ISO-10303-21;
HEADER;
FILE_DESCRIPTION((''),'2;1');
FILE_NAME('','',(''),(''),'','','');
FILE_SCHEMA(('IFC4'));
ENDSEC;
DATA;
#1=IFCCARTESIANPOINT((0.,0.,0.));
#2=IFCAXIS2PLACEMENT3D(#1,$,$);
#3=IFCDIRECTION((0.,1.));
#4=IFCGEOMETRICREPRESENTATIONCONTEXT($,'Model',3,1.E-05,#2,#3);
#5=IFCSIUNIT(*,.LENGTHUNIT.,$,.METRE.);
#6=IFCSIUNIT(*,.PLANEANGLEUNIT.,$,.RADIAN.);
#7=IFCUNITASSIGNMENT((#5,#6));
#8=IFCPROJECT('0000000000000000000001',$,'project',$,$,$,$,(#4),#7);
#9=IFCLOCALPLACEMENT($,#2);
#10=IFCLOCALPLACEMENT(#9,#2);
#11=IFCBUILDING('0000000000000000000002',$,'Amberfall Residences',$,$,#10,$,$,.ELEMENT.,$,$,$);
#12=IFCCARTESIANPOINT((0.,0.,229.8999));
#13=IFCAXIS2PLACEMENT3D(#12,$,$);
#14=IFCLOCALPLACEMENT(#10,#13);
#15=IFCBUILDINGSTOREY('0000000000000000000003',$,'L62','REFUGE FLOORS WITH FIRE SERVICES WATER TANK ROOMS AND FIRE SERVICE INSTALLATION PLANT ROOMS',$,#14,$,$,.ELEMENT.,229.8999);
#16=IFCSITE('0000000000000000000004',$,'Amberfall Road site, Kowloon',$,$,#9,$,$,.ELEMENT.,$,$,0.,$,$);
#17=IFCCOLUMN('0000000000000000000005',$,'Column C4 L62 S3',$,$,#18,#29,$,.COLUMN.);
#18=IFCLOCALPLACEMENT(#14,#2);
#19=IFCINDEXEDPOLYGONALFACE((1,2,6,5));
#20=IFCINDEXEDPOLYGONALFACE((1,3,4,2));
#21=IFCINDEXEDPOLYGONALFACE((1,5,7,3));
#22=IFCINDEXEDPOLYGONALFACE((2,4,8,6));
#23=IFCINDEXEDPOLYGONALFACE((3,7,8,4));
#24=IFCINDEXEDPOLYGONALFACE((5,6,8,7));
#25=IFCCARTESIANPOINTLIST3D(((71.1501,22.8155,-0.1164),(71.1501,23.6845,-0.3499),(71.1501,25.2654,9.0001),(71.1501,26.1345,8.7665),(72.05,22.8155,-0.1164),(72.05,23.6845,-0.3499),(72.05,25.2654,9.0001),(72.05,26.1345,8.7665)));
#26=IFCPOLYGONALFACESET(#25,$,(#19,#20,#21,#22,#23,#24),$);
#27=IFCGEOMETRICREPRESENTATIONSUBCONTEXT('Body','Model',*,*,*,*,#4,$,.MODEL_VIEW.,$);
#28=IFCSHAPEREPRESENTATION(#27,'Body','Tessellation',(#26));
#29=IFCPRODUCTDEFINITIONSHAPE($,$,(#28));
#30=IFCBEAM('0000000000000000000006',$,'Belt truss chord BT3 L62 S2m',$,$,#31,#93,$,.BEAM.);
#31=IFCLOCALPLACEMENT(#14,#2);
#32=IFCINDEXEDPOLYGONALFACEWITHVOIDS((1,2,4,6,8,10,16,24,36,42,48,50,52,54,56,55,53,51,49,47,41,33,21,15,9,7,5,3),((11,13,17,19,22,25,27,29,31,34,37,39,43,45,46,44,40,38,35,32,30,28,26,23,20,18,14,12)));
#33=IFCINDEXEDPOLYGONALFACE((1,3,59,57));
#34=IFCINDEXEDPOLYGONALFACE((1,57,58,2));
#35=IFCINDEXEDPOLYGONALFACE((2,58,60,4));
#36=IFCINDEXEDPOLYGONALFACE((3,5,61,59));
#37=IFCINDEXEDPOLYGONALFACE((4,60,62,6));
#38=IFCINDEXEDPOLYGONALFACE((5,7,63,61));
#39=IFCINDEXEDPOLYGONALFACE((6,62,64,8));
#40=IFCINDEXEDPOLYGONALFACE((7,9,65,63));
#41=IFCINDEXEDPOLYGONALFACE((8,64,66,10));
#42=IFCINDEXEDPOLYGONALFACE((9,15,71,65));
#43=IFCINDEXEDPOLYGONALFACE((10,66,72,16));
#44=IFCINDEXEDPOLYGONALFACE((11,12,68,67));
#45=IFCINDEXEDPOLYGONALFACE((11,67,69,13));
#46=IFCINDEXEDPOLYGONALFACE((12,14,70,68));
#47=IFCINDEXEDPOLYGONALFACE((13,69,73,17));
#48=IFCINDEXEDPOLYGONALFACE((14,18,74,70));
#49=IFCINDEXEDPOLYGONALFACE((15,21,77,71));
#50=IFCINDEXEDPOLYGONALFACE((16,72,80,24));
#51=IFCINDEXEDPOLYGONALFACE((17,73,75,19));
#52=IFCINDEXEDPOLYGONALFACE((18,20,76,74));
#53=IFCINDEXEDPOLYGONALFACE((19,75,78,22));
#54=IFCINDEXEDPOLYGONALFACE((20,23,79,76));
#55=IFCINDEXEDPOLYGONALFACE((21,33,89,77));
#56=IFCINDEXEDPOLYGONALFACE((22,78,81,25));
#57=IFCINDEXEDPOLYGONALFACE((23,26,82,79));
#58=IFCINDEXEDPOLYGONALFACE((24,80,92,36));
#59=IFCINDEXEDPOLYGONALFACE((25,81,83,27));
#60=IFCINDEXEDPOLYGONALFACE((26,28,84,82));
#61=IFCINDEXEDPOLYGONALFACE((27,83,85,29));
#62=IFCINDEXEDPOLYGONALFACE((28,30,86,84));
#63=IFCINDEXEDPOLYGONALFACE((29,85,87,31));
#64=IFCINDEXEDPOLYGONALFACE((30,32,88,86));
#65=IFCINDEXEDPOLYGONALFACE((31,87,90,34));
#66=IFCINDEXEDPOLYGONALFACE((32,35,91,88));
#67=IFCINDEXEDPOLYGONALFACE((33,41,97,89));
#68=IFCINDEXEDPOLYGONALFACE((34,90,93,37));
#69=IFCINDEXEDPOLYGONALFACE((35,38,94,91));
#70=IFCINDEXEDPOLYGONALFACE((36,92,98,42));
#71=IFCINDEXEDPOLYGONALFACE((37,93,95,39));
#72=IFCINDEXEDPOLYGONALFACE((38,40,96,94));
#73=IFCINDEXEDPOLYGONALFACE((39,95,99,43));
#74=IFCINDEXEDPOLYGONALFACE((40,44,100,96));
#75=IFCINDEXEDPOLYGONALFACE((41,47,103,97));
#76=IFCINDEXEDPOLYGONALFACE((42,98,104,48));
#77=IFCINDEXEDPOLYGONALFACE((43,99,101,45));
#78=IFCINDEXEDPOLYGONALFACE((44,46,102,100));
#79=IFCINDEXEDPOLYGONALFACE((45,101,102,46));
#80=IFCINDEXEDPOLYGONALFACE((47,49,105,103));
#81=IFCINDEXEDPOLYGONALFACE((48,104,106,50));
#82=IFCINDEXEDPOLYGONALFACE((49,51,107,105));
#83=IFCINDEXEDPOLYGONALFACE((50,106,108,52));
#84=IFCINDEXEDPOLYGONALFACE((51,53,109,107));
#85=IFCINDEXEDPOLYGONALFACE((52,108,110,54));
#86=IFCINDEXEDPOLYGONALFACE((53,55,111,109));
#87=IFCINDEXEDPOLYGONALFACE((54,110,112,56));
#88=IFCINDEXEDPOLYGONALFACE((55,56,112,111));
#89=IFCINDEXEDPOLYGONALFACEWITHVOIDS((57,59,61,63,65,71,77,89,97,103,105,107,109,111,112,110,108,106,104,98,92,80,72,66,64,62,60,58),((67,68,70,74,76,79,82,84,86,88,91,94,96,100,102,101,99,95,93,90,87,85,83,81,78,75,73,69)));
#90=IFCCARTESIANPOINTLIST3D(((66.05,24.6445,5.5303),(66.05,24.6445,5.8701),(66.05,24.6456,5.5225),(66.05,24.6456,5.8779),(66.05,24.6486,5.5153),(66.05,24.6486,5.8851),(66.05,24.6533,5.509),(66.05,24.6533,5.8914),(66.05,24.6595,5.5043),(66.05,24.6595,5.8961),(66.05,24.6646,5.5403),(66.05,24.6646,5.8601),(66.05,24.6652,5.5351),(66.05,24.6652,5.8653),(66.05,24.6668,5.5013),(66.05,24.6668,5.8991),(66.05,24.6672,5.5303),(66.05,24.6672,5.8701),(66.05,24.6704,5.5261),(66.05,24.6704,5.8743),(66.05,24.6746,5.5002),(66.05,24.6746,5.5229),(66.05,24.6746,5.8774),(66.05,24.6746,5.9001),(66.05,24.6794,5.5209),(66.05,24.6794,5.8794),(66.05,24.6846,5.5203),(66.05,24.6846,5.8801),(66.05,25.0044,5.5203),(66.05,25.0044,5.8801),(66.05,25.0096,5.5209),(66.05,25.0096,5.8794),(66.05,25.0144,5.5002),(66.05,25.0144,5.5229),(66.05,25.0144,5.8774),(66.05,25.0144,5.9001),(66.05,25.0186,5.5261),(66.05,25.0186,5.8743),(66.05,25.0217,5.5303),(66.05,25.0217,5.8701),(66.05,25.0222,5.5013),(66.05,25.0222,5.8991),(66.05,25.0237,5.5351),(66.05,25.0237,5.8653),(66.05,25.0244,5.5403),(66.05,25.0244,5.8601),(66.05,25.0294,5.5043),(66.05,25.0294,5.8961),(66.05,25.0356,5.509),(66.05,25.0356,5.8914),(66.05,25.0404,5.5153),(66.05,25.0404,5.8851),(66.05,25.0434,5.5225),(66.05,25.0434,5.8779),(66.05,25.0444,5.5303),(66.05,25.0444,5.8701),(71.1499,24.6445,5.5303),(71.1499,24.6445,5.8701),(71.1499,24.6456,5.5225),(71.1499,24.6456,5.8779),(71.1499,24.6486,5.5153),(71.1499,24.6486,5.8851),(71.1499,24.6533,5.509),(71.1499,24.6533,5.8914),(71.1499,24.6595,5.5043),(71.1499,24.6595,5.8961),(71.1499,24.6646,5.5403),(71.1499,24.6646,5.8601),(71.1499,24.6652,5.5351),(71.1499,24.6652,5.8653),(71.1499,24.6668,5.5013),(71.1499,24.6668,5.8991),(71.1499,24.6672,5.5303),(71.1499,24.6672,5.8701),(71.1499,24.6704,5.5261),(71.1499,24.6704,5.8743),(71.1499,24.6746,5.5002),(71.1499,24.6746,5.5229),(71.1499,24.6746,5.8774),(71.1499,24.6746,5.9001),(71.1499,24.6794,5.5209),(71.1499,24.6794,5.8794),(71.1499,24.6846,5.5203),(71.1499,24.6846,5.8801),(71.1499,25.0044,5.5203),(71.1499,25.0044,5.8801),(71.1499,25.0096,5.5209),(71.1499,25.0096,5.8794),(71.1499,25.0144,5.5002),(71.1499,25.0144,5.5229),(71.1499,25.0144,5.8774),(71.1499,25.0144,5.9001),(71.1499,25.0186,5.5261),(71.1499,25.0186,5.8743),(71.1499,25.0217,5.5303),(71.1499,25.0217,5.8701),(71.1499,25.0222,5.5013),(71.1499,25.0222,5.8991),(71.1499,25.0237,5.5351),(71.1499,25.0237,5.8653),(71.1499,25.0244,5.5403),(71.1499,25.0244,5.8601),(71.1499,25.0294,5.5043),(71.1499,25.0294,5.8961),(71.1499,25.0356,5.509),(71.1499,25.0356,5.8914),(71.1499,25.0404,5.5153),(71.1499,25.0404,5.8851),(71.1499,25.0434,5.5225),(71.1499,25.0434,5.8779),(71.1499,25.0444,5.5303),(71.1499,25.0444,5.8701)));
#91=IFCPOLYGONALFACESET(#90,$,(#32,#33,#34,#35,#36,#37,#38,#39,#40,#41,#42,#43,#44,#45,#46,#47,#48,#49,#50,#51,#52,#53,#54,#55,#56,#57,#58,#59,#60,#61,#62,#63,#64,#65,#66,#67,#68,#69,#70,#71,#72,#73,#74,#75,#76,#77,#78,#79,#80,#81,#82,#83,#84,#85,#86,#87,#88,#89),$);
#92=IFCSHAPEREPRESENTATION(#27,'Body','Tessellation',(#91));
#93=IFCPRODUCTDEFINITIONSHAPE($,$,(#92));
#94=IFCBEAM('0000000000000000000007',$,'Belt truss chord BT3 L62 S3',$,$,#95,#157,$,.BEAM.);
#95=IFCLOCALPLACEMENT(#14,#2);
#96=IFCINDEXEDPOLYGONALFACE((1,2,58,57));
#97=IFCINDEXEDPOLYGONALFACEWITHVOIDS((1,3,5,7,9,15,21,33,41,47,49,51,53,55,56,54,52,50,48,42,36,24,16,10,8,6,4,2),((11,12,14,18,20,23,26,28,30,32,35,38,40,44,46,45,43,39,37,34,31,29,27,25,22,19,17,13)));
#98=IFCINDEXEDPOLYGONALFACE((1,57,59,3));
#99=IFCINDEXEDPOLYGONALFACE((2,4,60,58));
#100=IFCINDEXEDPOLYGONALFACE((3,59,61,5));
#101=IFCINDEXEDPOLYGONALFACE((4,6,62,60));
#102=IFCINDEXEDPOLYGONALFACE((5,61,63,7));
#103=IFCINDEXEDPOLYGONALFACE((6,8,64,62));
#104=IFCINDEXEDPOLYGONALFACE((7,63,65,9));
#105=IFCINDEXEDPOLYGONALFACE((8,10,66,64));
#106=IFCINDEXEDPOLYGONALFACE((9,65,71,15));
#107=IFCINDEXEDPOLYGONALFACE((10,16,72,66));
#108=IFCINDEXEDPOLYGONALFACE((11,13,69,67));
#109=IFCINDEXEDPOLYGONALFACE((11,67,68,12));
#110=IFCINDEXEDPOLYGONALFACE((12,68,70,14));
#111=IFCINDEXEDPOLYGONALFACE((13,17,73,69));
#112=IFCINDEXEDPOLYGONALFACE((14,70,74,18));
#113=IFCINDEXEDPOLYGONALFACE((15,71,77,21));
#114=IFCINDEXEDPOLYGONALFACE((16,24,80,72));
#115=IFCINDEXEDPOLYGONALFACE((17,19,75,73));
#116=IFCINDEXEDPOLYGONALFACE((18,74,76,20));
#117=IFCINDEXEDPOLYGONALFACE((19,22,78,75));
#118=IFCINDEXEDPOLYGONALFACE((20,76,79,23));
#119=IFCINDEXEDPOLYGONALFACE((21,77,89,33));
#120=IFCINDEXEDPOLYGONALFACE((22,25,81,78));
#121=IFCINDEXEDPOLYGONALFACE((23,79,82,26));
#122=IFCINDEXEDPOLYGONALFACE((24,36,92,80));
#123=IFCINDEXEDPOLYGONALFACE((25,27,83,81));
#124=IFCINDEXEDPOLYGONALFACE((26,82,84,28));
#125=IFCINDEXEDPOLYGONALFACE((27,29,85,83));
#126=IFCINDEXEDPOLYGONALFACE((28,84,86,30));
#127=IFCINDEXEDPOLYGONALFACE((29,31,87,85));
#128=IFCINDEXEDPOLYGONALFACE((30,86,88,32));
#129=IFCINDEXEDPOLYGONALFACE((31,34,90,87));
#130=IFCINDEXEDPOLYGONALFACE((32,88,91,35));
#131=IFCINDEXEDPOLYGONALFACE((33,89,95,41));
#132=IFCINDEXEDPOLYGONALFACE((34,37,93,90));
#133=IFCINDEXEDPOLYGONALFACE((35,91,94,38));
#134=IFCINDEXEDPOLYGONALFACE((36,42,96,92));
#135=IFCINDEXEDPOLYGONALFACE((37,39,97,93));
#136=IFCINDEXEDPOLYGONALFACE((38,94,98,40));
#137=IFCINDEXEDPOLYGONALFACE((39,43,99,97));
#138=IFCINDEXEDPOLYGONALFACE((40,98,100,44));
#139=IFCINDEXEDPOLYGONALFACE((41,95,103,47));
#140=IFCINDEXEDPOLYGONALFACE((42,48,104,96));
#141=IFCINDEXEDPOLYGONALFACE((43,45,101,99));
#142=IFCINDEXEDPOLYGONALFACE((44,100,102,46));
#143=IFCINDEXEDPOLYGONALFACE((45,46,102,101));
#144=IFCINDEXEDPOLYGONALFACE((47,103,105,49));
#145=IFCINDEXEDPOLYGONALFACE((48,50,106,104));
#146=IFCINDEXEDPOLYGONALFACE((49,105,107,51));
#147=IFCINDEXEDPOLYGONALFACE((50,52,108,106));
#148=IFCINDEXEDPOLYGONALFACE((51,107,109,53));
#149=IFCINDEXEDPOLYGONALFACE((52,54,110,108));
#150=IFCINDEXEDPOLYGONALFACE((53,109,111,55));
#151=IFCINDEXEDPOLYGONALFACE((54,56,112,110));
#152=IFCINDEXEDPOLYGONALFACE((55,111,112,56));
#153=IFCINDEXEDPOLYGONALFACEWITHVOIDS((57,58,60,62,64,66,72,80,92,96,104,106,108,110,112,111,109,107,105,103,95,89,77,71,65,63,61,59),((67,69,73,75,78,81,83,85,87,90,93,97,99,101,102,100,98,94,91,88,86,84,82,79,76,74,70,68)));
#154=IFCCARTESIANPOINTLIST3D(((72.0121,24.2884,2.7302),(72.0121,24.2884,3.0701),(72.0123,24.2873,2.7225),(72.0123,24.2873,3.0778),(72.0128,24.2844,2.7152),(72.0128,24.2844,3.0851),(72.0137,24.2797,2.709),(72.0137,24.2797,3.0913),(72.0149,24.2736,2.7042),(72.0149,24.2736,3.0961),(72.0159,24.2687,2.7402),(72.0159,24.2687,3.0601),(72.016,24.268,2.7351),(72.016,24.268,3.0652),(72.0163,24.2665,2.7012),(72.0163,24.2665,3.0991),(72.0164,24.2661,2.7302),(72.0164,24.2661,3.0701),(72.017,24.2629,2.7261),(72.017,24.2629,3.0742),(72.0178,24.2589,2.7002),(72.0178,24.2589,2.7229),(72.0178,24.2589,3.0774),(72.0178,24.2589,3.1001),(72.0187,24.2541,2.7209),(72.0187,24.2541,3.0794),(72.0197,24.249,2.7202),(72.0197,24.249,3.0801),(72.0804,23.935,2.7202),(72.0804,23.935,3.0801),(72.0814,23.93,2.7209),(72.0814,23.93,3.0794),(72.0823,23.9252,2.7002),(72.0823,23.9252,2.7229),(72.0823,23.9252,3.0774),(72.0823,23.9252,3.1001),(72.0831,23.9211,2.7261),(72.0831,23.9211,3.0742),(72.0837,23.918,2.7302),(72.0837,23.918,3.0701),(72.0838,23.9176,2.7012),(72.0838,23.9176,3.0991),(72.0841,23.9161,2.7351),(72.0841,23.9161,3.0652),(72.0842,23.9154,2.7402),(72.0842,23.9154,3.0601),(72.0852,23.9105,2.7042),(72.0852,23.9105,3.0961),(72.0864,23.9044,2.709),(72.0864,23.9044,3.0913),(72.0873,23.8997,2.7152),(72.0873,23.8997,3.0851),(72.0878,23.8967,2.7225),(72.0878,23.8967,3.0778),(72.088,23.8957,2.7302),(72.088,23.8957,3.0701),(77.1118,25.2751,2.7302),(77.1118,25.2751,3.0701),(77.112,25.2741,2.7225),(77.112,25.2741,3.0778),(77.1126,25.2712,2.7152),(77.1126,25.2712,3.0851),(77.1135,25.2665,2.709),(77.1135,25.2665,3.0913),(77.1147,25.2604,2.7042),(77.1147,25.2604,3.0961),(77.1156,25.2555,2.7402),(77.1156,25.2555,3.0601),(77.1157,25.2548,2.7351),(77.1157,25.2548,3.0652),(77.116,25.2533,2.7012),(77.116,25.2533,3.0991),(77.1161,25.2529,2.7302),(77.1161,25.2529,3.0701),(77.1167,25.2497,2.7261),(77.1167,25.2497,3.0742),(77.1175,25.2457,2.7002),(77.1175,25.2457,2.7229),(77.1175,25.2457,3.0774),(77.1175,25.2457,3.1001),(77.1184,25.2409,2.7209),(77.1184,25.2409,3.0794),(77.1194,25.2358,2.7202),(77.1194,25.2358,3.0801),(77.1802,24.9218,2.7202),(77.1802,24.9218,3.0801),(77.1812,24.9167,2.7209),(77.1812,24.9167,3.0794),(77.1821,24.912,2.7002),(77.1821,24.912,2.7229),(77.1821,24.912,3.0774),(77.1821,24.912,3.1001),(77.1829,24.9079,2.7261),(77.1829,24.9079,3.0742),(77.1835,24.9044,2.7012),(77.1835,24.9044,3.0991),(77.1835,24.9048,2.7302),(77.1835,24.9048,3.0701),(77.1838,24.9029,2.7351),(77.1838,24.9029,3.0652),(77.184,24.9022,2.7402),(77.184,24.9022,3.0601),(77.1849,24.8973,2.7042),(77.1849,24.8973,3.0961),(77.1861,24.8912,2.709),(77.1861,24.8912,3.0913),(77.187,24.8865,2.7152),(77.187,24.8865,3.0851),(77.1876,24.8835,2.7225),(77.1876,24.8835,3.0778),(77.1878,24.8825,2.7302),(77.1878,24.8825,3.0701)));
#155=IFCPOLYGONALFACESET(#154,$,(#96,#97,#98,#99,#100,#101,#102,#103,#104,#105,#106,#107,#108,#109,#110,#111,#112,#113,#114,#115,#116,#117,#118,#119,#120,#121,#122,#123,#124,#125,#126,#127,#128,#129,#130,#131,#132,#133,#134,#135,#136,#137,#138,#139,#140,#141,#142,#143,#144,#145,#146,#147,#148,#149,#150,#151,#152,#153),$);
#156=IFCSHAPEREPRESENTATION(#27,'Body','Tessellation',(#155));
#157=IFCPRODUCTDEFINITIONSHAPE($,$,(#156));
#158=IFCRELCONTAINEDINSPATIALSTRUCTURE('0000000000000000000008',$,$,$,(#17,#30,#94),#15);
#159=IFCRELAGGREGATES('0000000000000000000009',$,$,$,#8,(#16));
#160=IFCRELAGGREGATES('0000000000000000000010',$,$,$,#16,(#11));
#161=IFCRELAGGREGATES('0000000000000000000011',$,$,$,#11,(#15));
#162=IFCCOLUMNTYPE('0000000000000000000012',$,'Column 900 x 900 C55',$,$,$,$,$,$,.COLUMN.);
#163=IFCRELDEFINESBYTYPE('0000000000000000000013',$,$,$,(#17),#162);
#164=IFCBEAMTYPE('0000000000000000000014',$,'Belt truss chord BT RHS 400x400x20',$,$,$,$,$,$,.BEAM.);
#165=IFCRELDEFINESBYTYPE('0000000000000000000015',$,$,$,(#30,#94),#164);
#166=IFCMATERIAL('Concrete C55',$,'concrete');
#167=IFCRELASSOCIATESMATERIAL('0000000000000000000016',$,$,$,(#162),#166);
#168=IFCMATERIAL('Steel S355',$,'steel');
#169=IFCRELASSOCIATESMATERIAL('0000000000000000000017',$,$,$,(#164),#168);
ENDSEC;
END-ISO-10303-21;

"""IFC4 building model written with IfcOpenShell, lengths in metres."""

from ifc_helpers import new_model, si_unit, direction, frame, origin, origin_2d, place, context, subcontext, project, spatial, rectangle, hollow_rectangle, extrude, material, material_profile, profile_set, type_object, element, save


model = new_model("IFC4")

# Units and contexts
model_context = context("Model", 3, precision=1e-05, world=origin(), true_north=direction((0.0, 1.0)))
body_context = subcontext(model_context, "Body", "Model", "MODEL_VIEW")
ifc_project = project(units=[si_unit("LENGTHUNIT", "METRE"), si_unit("PLANEANGLEUNIT", "RADIAN")], contexts=[model_context])

# Site, building, storey
site_placement = place(None, origin())
site = spatial("IfcSite", under=ifc_project, at=site_placement, Name="Amberfall Road site, Kowloon", CompositionType="ELEMENT", RefElevation=0.0)
building_placement = place(site_placement, origin())
building = spatial("IfcBuilding", under=site, at=building_placement, Name="Amberfall Residences", CompositionType="ELEMENT")
storey_placement = place(building_placement, frame((0.0, 0.0, 229.8999)))
storey = spatial("IfcBuildingStorey", under=building, at=storey_placement, Name="L62", Description="REFUGE FLOORS WITH FIRE SERVICES WATER TANK ROOMS AND FIRE SERVICE INSTALLATION PLANT ROOMS", CompositionType="ELEMENT", Elevation=229.8999)

# Column
ifc_material_1 = material(Name="Concrete C55", Category="concrete")
ifc_material_profile_1 = material_profile(ifc_material_1, rectangle(XDim=0.8999, YDim=0.8999, at=origin_2d()), Name="Column 900 x 900 C55")
ifc_profile_set_1 = profile_set([ifc_material_profile_1], Name="Concrete C55")
column_type = type_object("IfcColumnType", Name="Column 900 x 900 C55", PredefinedType="COLUMN", material=ifc_profile_set_1)
column_placement = place(storey_placement, frame((71.6001, 23.25, -0.2332), z_axis=(0.0, 0.259531, 0.965735), x_axis=(-1.0, 0.0, 0.0)))
element("IfcColumn", 1, at=column_placement, inside=storey, type_object=column_type, Name="Column C4 L62 S3", PredefinedType="COLUMN", context=body_context, shape_type="SweptSolid", body=[
    extrude(rectangle(XDim=0.8999, YDim=0.8999, at=origin_2d()), origin(), (0.0, 0.0, 1.0), 9.4399),
])

# Beams
ifc_material_2 = material(Name="Steel S355", Category="steel")
ifc_material_profile_2 = material_profile(ifc_material_2, hollow_rectangle(XDim=0.3999, YDim=0.3999, WallThickness=0.02, InnerFilletRadius=0.02, OuterFilletRadius=0.03, at=origin_2d()), Name="RHS 400x400x20")
ifc_profile_set_2 = profile_set([ifc_material_profile_2], Name="Steel S355")
beam_type_1 = type_object("IfcBeamType", Name="Belt truss chord BT RHS 400x400x20", PredefinedType="BEAM", material=ifc_profile_set_2)
beam_1_placement = place(storey_placement, frame((66.05, 24.8445, 5.7002), z_axis=(1.0, 0.0, 0.0), x_axis=(0.0, 1.0, 0.0)))
element("IfcBeam", 2, at=beam_1_placement, inside=storey, type_object=beam_type_1, Name="Belt truss chord BT3 L62 S2m", PredefinedType="BEAM", context=body_context, shape_type="SweptSolid", body=[
    extrude(hollow_rectangle(XDim=0.3999, YDim=0.3999, WallThickness=0.02, InnerFilletRadius=0.02, OuterFilletRadius=0.03, at=origin_2d()), origin(), (0.0, 0.0, 1.0), 5.0999),
])
beam_2_placement = place(storey_placement, frame((72.05, 24.092, 2.9001), z_axis=(0.981789, 0.189975, 0.0), x_axis=(-0.189975, 0.981789, 0.0)))
element("IfcBeam", 3, at=beam_2_placement, inside=storey, type_object=beam_type_1, Name="Belt truss chord BT3 L62 S3", PredefinedType="BEAM", context=body_context, shape_type="SweptSolid", body=[
    extrude(hollow_rectangle(XDim=0.3999, YDim=0.3999, WallThickness=0.02, InnerFilletRadius=0.02, OuterFilletRadius=0.03, at=origin_2d()), origin(), (0.0, 0.0, 1.0), 5.1943),
])

save(model, "model.ifc")
